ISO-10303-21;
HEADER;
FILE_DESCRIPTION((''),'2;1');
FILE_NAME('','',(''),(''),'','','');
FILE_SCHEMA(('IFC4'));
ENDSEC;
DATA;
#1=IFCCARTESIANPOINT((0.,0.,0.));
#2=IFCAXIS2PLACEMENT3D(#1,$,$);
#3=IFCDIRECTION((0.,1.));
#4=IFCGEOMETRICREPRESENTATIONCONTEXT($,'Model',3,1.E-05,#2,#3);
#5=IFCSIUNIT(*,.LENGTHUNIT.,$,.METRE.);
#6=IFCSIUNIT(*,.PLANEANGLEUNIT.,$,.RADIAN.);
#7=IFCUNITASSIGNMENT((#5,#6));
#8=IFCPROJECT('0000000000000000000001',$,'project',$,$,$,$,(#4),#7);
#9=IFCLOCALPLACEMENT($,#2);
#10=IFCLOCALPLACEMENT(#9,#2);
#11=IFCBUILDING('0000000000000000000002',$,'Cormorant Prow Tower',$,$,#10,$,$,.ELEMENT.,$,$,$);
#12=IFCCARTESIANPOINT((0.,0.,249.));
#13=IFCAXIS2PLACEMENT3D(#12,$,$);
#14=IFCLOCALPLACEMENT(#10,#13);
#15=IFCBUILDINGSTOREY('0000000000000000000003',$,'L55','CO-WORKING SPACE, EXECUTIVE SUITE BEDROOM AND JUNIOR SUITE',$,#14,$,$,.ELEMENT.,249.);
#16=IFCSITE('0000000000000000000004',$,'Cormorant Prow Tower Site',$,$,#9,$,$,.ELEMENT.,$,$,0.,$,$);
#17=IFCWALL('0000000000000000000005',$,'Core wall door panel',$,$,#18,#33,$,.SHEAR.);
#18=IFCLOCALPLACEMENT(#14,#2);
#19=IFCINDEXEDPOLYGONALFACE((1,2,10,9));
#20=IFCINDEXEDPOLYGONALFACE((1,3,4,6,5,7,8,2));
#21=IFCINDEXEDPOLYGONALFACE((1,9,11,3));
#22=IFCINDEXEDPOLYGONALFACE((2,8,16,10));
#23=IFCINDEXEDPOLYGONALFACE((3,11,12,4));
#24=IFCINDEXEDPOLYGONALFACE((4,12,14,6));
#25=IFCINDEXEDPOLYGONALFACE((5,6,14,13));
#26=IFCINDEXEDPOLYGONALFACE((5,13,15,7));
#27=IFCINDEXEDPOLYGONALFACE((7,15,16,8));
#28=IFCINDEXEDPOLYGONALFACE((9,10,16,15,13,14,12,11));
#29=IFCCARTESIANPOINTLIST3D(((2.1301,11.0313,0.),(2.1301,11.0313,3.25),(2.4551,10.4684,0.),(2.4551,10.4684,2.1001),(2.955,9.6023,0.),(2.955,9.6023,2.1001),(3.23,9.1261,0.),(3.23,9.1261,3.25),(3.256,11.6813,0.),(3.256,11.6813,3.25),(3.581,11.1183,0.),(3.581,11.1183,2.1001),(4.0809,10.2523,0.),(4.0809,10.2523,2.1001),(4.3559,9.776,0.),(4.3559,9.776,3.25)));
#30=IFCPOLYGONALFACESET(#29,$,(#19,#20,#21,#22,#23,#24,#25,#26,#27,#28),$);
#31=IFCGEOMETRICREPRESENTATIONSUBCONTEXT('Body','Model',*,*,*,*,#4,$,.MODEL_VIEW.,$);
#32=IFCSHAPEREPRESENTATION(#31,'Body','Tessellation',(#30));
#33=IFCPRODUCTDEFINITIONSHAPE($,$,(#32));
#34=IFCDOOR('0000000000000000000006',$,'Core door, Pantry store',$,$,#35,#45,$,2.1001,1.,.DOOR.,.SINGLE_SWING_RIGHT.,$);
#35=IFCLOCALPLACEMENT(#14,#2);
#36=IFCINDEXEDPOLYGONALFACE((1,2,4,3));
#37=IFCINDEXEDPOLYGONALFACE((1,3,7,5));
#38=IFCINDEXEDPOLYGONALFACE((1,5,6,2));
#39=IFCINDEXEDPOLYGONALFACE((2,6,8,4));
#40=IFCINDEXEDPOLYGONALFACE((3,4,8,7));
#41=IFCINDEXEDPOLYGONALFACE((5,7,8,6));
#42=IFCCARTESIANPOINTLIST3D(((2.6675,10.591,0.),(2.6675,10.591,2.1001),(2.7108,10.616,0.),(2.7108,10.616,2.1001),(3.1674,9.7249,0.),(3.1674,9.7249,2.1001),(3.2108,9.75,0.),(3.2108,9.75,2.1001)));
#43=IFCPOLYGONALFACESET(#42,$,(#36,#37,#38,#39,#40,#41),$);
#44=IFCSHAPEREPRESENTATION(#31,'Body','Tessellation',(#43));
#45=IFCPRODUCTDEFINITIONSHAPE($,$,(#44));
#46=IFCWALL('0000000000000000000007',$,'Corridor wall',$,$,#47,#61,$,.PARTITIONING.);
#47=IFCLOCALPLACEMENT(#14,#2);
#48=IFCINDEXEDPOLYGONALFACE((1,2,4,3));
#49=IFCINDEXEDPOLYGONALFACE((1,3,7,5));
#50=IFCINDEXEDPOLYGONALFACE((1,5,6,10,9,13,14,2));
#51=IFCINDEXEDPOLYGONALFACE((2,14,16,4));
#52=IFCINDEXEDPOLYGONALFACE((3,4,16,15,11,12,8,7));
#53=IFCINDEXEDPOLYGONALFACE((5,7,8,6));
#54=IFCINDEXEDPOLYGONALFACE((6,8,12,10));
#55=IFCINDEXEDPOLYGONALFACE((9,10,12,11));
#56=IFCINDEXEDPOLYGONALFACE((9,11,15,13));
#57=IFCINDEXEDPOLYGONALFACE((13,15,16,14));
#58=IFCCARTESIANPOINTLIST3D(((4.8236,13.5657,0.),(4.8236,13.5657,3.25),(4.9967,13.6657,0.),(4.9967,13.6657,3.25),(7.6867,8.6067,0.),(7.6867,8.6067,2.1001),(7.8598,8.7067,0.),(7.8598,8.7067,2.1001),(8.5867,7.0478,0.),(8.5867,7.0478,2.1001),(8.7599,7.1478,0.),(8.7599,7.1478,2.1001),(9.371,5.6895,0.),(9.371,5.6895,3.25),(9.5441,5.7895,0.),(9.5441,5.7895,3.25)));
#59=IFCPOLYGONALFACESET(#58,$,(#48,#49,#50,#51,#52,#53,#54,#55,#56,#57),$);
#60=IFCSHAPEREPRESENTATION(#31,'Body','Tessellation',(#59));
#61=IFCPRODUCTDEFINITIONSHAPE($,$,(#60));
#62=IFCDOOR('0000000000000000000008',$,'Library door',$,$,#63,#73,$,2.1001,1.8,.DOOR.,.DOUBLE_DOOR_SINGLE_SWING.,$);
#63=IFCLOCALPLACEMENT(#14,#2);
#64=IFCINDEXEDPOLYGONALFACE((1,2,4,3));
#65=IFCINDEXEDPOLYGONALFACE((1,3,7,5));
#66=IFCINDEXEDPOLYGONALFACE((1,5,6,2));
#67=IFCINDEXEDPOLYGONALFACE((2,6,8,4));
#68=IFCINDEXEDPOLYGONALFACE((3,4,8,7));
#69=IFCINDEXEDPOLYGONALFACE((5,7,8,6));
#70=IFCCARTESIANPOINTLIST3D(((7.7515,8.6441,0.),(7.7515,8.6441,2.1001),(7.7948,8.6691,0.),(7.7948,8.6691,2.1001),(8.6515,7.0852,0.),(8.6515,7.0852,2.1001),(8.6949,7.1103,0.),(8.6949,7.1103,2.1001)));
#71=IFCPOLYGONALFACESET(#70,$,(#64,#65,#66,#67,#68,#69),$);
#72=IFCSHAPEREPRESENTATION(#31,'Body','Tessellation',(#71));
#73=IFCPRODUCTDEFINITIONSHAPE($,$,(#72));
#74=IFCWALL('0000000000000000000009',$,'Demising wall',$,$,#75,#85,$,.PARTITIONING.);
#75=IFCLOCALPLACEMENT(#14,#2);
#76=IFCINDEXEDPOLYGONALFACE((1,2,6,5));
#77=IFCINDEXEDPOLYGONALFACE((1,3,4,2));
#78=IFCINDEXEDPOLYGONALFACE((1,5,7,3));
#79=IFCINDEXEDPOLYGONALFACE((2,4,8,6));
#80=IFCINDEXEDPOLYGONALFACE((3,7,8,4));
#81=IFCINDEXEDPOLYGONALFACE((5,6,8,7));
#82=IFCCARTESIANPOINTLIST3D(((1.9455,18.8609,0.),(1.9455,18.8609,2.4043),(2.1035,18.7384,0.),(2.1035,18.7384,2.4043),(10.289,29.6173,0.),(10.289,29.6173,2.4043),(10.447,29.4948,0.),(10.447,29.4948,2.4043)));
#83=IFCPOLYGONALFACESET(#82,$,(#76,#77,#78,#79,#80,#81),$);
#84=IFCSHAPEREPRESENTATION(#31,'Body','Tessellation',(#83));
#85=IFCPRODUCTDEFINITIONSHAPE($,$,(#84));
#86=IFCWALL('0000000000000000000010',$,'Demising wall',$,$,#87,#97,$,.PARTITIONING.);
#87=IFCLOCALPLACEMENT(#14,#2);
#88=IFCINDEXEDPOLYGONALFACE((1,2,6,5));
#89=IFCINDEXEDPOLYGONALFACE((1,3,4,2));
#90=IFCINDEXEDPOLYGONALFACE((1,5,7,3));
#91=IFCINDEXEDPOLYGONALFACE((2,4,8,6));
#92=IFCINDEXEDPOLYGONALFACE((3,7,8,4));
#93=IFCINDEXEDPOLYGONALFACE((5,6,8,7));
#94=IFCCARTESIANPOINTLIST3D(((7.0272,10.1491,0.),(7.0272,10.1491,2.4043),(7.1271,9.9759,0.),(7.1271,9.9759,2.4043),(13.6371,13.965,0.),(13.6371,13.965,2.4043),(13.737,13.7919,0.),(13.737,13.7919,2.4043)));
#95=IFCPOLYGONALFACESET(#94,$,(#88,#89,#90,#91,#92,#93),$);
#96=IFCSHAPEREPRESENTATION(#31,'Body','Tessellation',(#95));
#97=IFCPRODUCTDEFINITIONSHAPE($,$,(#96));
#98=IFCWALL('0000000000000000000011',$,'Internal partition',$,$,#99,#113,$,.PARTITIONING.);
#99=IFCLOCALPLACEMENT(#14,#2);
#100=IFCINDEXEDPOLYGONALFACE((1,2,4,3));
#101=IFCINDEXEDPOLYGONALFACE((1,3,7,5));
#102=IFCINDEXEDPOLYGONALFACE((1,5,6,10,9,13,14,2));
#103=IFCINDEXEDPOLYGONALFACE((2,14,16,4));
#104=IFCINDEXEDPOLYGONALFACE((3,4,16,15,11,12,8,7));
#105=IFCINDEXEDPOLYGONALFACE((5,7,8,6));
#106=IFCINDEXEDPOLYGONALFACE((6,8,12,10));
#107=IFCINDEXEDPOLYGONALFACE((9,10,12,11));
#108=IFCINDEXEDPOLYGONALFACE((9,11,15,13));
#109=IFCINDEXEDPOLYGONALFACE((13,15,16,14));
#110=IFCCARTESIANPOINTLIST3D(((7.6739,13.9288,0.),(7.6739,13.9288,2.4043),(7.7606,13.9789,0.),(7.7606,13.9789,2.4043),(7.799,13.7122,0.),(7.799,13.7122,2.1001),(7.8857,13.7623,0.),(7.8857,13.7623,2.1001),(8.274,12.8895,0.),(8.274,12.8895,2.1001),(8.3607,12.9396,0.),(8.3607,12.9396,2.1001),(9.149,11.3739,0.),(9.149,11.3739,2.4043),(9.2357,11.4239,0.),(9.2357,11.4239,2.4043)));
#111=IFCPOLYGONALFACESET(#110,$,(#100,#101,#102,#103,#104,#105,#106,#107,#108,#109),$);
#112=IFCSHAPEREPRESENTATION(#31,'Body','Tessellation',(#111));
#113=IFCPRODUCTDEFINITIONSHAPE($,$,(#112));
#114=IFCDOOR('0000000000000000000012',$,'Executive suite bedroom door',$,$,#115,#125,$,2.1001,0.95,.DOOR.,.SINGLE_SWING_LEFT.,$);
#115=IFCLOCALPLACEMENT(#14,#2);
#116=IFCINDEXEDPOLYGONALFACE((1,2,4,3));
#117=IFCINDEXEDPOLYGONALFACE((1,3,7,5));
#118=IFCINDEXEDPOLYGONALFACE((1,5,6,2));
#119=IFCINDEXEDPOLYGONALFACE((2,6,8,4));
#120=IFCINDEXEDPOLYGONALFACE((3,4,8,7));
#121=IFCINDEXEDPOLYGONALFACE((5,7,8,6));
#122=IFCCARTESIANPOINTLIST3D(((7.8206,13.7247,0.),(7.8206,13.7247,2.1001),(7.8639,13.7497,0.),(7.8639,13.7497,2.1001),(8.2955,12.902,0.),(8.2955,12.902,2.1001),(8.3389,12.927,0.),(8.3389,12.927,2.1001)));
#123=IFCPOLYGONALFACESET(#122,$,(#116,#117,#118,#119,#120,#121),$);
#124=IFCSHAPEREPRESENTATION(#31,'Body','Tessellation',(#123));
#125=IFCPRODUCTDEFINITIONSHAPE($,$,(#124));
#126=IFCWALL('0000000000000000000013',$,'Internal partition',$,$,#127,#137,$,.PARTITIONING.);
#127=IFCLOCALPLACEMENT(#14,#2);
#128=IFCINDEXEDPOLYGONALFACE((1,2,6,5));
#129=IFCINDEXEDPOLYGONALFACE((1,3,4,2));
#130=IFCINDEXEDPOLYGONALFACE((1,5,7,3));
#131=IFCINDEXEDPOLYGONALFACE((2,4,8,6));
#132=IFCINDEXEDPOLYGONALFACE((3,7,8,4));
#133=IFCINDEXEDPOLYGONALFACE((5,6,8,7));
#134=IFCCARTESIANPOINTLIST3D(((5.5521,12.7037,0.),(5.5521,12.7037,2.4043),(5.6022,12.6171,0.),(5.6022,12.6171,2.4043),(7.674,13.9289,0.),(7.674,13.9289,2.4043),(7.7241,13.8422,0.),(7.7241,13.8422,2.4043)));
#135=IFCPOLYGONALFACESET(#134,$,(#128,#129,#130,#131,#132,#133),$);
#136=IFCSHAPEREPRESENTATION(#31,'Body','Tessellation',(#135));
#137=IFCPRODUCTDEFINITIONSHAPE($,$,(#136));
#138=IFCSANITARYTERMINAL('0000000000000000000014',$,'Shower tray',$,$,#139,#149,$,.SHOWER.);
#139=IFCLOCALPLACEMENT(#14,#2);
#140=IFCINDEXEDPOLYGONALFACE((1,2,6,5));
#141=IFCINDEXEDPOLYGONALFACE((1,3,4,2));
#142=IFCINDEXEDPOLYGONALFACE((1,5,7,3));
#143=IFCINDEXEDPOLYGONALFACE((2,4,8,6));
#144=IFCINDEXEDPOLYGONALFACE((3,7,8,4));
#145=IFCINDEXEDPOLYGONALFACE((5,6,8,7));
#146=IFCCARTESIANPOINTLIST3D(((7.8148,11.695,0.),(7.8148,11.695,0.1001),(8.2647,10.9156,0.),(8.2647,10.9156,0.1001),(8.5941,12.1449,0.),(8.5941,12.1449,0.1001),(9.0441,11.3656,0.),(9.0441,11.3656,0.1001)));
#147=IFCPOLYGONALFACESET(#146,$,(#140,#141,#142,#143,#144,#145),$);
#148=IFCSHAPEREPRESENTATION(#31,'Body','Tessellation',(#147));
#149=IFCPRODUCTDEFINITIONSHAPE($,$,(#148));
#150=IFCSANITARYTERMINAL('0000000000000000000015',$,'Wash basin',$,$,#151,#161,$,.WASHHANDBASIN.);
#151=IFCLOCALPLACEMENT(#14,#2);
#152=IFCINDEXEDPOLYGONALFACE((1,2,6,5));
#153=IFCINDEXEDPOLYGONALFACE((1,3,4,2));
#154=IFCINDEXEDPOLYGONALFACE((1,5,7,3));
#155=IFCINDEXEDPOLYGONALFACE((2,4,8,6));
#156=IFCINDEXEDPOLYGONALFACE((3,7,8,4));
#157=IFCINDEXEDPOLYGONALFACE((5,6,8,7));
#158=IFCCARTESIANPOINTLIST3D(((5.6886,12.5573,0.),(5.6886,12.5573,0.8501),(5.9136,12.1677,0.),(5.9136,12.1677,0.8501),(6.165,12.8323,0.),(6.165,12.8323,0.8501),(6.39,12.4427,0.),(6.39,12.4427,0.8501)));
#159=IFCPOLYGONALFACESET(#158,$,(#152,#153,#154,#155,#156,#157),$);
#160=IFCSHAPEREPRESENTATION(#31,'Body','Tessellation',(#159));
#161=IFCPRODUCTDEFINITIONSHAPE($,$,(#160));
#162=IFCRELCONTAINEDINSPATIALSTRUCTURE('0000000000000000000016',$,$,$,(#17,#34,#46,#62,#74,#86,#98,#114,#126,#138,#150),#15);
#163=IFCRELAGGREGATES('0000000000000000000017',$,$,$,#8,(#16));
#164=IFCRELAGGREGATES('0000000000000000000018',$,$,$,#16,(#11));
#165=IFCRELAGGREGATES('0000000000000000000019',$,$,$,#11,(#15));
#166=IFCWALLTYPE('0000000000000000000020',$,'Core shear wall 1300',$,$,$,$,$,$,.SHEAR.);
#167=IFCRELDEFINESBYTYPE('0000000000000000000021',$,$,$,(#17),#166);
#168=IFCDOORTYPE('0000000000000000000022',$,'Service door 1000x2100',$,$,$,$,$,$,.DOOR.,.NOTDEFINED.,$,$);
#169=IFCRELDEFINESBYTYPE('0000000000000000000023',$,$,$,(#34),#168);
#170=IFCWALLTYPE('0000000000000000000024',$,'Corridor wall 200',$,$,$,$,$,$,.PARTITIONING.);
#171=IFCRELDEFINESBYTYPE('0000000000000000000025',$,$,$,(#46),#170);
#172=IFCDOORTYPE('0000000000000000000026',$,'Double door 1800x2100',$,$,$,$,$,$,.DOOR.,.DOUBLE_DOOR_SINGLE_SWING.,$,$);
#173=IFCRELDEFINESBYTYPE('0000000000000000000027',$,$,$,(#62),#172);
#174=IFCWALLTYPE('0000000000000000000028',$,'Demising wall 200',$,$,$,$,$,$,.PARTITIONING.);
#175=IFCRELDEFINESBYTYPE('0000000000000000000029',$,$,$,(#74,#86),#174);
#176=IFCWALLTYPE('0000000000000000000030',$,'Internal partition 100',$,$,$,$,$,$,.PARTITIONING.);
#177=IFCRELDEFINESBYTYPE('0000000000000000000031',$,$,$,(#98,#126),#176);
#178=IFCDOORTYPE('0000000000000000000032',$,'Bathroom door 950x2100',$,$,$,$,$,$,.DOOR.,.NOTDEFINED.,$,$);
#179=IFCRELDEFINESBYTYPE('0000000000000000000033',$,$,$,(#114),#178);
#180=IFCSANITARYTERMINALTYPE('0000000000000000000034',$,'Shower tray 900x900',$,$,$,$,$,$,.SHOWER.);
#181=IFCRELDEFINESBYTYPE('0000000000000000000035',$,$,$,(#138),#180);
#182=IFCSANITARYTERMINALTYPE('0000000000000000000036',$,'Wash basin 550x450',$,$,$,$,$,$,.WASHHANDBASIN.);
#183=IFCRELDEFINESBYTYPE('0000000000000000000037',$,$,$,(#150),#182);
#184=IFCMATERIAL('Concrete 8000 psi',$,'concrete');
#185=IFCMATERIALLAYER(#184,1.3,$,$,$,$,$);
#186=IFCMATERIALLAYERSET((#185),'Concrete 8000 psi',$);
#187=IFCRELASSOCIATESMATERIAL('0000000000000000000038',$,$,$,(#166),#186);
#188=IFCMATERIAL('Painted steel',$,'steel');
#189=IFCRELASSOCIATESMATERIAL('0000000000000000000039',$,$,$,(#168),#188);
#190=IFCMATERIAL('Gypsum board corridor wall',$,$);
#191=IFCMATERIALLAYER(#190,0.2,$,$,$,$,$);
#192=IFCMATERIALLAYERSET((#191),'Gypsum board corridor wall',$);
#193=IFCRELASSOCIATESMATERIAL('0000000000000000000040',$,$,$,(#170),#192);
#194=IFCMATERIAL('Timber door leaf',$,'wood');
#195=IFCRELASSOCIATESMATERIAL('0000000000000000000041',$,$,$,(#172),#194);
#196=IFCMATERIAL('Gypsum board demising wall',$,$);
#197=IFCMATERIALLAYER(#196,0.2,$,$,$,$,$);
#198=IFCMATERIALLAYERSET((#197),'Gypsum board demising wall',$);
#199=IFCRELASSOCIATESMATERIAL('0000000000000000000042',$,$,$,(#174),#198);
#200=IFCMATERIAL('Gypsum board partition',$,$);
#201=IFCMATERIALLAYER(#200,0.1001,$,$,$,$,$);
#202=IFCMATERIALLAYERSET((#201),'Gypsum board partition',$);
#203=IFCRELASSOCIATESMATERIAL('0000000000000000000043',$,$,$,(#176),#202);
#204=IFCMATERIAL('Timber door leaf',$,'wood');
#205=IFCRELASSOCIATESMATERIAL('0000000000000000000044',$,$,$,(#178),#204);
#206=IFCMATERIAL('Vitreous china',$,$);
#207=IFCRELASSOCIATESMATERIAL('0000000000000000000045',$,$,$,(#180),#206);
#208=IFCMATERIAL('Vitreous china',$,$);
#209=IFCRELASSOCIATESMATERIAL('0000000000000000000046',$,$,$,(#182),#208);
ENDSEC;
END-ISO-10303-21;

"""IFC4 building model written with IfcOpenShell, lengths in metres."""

from ifc_helpers import new_model, si_unit, direction, frame, frame_2d, origin, origin_2d, place, context, subcontext, project, spatial, rectangle, extrude, material, layer, layer_set, type_object, element, fill, save


model = new_model("IFC4")

# Units and contexts
model_context = context("Model", 3, precision=1e-05, world=origin(), true_north=direction((0.0, 1.0)))
body_context = subcontext(model_context, "Body", "Model", "MODEL_VIEW")
ifc_project = project(units=[si_unit("LENGTHUNIT", "METRE"), si_unit("PLANEANGLEUNIT", "RADIAN")], contexts=[model_context])

# Site, building, storey
site_placement = place(None, origin())
site = spatial("IfcSite", under=ifc_project, at=site_placement, Name="Cormorant Prow Tower Site", CompositionType="ELEMENT", RefElevation=0.0)
building_placement = place(site_placement, origin())
building = spatial("IfcBuilding", under=site, at=building_placement, Name="Cormorant Prow Tower", CompositionType="ELEMENT")
storey_placement = place(building_placement, frame((0.0, 0.0, 249.0)))
storey = spatial("IfcBuildingStorey", under=building, at=storey_placement, Name="L55", Description="CO-WORKING SPACE, EXECUTIVE SUITE BEDROOM AND JUNIOR SUITE", CompositionType="ELEMENT", Elevation=249.0)

# Shared definitions
ifc_material_1 = material(Name="Concrete 8000 psi", Category="concrete")
ifc_layer_1 = layer(ifc_material_1, 1.3)
ifc_layer_set_1 = layer_set([ifc_layer_1], Name="Concrete 8000 psi")
wall_type_1 = type_object("IfcWallType", Name="Core shear wall 1300", PredefinedType="SHEAR", material=ifc_layer_set_1)

# Walls, openings, doors
wall_1_placement = place(storey_placement, frame((3.793, 9.4509, 0.0), z_axis=(0.0, 0.0, 1.0), x_axis=(-0.499947, 0.866056, 0.0)))
wall_1 = element("IfcWall", 1, at=wall_1_placement, inside=storey, type_object=wall_type_1, Name="Core wall door panel", PredefinedType="SHEAR", context=body_context, shape_type="SweptSolid", body=[
    extrude(rectangle(XDim=2.2, YDim=1.3, at=frame_2d((1.1001, 0.0))), origin(), (0.0, 0.0, 1.0), 3.25),
])
opening_1_placement = place(wall_1_placement, frame((0.55, 0.0, 0.0)))
opening_1 = element("IfcOpeningElement", 2, at=opening_1_placement, cuts=wall_1, PredefinedType="OPENING", context=body_context, shape_type="SweptSolid", body=[
    extrude(rectangle(XDim=1.0, YDim=2.1001, at=frame_2d((0.5, 1.05))), frame((0.0, 0.6599, 0.0), z_axis=(0.0, -1.0, 0.0), x_axis=(1.0, 0.0, 0.0)), (0.0, 0.0, 1.0), 1.3201),
])
ifc_material_2 = material(Name="Painted steel", Category="steel")
door_type_1 = type_object("IfcDoorType", Name="Service door 1000x2100", OperationType="NOTDEFINED", PredefinedType="DOOR", material=ifc_material_2)
door_1_placement = place(opening_1_placement, origin())
door_1 = element("IfcDoor", 3, at=door_1_placement, inside=storey, type_object=door_type_1, Name="Core door, Pantry store", OperationType="SINGLE_SWING_RIGHT", OverallHeight=2.1001, OverallWidth=1.0, PredefinedType="DOOR", context=body_context, shape_type="SweptSolid", body=[
    extrude(rectangle(XDim=1.0, YDim=2.1001, at=frame_2d((0.5, 1.05))), frame((0.0, 0.4048, 0.0), z_axis=(0.0, -1.0, 0.0), x_axis=(1.0, 0.0, 0.0)), (0.0, 0.0, 1.0), 0.05),
])
fill(opening_1, door_1)
ifc_material_3 = material(Name="Gypsum board corridor wall")
ifc_layer_2 = layer(ifc_material_3, 0.2)
ifc_layer_set_2 = layer_set([ifc_layer_2], Name="Gypsum board corridor wall")
wall_type_2 = type_object("IfcWallType", Name="Corridor wall 200", PredefinedType="PARTITIONING", material=ifc_layer_set_2)
wall_2_placement = place(storey_placement, frame((4.9102, 13.6157, 0.0), z_axis=(0.0, 0.0, 1.0), x_axis=(0.500002, -0.866024, 0.0)))
wall_2 = element("IfcWall", 4, at=wall_2_placement, inside=storey, type_object=wall_type_2, Name="Corridor wall", PredefinedType="PARTITIONING", context=body_context, shape_type="SweptSolid", body=[
    extrude(rectangle(XDim=9.0947, YDim=0.2, at=frame_2d((4.5474, 0.0))), origin(), (0.0, 0.0, 1.0), 3.25),
])
opening_2_placement = place(wall_2_placement, frame((5.7263, 0.0, 0.0)))
opening_2 = element("IfcOpeningElement", 5, at=opening_2_placement, cuts=wall_2, PredefinedType="OPENING", context=body_context, shape_type="SweptSolid", body=[
    extrude(rectangle(XDim=1.8, YDim=2.1001, at=frame_2d((0.8999, 1.05))), frame((0.0, 0.1099, 0.0), z_axis=(0.0, -1.0, 0.0), x_axis=(1.0, 0.0, 0.0)), (0.0, 0.0, 1.0), 0.22),
])
ifc_material_4 = material(Name="Timber door leaf", Category="wood")
door_type_2 = type_object("IfcDoorType", Name="Double door 1800x2100", OperationType="DOUBLE_DOOR_SINGLE_SWING", PredefinedType="DOOR", material=ifc_material_4)
door_2_placement = place(opening_2_placement, origin())
door_2 = element("IfcDoor", 6, at=door_2_placement, inside=storey, type_object=door_type_2, Name="Library door", OperationType="DOUBLE_DOOR_SINGLE_SWING", OverallHeight=2.1001, OverallWidth=1.8, PredefinedType="DOOR", context=body_context, shape_type="SweptSolid", body=[
    extrude(rectangle(XDim=1.8, YDim=2.1001, at=frame_2d((0.8999, 1.05))), frame((0.0, 0.0249, 0.0), z_axis=(0.0, -1.0, 0.0), x_axis=(1.0, 0.0, 0.0)), (0.0, 0.0, 1.0), 0.05),
])
fill(opening_2, door_2)

# Walls
ifc_material_5 = material(Name="Gypsum board demising wall")
ifc_layer_3 = layer(ifc_material_5, 0.2)
ifc_layer_set_3 = layer_set([ifc_layer_3], Name="Gypsum board demising wall")
wall_type_3 = type_object("IfcWallType", Name="Demising wall 200", PredefinedType="PARTITIONING", material=ifc_layer_set_3)
wall_3_placement = place(storey_placement, frame((2.0244, 18.7996, 0.0), z_axis=(0.0, 0.0, 1.0), x_axis=(0.612908, 0.790154, 0.0)))
element("IfcWall", 7, at=wall_3_placement, inside=storey, type_object=wall_type_3, Name="Demising wall", PredefinedType="PARTITIONING", context=body_context, shape_type="SweptSolid", body=[
    extrude(rectangle(XDim=13.613, YDim=0.2, at=frame_2d((6.8066, 0.0))), origin(), (0.0, 0.0, 1.0), 2.4043),
])
wall_4_placement = place(storey_placement, frame((7.0771, 10.0625, 0.0), z_axis=(0.0, 0.0, 1.0), x_axis=(0.866042, 0.499972, 0.0)))
element("IfcWall", 8, at=wall_4_placement, inside=storey, type_object=wall_type_3, Name="Demising wall", PredefinedType="PARTITIONING", context=body_context, shape_type="SweptSolid", body=[
    extrude(rectangle(XDim=7.6323, YDim=0.2, at=frame_2d((3.8162, 0.0))), origin(), (0.0, 0.0, 1.0), 2.4043),
])

# Wall, opening, door
ifc_material_6 = material(Name="Gypsum board partition")
ifc_layer_4 = layer(ifc_material_6, 0.1001)
ifc_layer_set_4 = layer_set([ifc_layer_4], Name="Gypsum board partition")
wall_type_4 = type_object("IfcWallType", Name="Internal partition 100", PredefinedType="PARTITIONING", material=ifc_layer_set_4)
wall_5_placement = place(storey_placement, frame((7.7173, 13.9539, 0.0), z_axis=(0.0, 0.0, 1.0), x_axis=(0.500002, -0.866024, 0.0)))
wall_5 = element("IfcWall", 9, at=wall_5_placement, inside=storey, type_object=wall_type_4, Name="Internal partition", PredefinedType="PARTITIONING", context=body_context, shape_type="SweptSolid", body=[
    extrude(rectangle(XDim=2.9502, YDim=0.1001, at=frame_2d((1.4751, 0.0))), origin(), (0.0, 0.0, 1.0), 2.4043),
])
opening_3_placement = place(wall_5_placement, frame((0.25, 0.0, 0.0)))
opening_3 = element("IfcOpeningElement", 10, at=opening_3_placement, cuts=wall_5, PredefinedType="OPENING", context=body_context, shape_type="SweptSolid", body=[
    extrude(rectangle(XDim=0.95, YDim=2.1001, at=frame_2d((0.4751, 1.05))), frame((0.0, 0.0601, 0.0), z_axis=(0.0, -1.0, 0.0), x_axis=(1.0, 0.0, 0.0)), (0.0, 0.0, 1.0), 0.1201),
])
ifc_material_7 = material(Name="Timber door leaf", Category="wood")
door_type_3 = type_object("IfcDoorType", Name="Bathroom door 950x2100", OperationType="NOTDEFINED", PredefinedType="DOOR", material=ifc_material_7)
door_3_placement = place(opening_3_placement, origin())
door_3 = element("IfcDoor", 11, at=door_3_placement, inside=storey, type_object=door_type_3, Name="Executive suite bedroom door", OperationType="SINGLE_SWING_LEFT", OverallHeight=2.1001, OverallWidth=0.95, PredefinedType="DOOR", context=body_context, shape_type="SweptSolid", body=[
    extrude(rectangle(XDim=0.95, YDim=2.1001, at=frame_2d((0.4751, 1.05))), frame((0.0, 0.0249, 0.0), z_axis=(0.0, -1.0, 0.0), x_axis=(1.0, 0.0, 0.0)), (0.0, 0.0, 1.0), 0.05),
])
fill(opening_3, door_3)

# Wall
wall_6_placement = place(storey_placement, frame((5.5771, 12.6604, 0.0), z_axis=(0.0, 0.0, 1.0), x_axis=(0.866015, 0.500019, 0.0)))
element("IfcWall", 12, at=wall_6_placement, inside=storey, type_object=wall_type_4, Name="Internal partition", PredefinedType="PARTITIONING", context=body_context, shape_type="SweptSolid", body=[
    extrude(rectangle(XDim=2.4502, YDim=0.1001, at=frame_2d((1.2251, 0.0))), origin(), (0.0, 0.0, 1.0), 2.4043),
])

# Sanitary terminals
ifc_material_8 = material(Name="Vitreous china")
sanitary_terminal_type_1 = type_object("IfcSanitaryTerminalType", Name="Shower tray 900x900", PredefinedType="SHOWER", material=ifc_material_8)
sanitary_terminal_1_placement = place(storey_placement, frame((8.4294, 11.5303, 0.0), z_axis=(0.0, 0.0, 1.0), x_axis=(-0.866025, -0.5, 0.0)))
element("IfcSanitaryTerminal", 13, at=sanitary_terminal_1_placement, inside=storey, type_object=sanitary_terminal_type_1, Name="Shower tray", PredefinedType="SHOWER", context=body_context, shape_type="SweptSolid", body=[
    extrude(rectangle(XDim=0.8999, YDim=0.8999, at=origin_2d()), origin(), (0.0, 0.0, 1.0), 0.1001),
])
ifc_material_9 = material(Name="Vitreous china")
sanitary_terminal_type_2 = type_object("IfcSanitaryTerminalType", Name="Wash basin 550x450", PredefinedType="WASHHANDBASIN", material=ifc_material_9)
sanitary_terminal_2_placement = place(storey_placement, frame((6.0393, 12.5, 0.0), z_axis=(0.0, 0.0, 1.0), x_axis=(0.866025, 0.5, 0.0)))
element("IfcSanitaryTerminal", 14, at=sanitary_terminal_2_placement, inside=storey, type_object=sanitary_terminal_type_2, Name="Wash basin", PredefinedType="WASHHANDBASIN", context=body_context, shape_type="SweptSolid", body=[
    extrude(rectangle(XDim=0.55, YDim=0.45, at=origin_2d()), origin(), (0.0, 0.0, 1.0), 0.8501),
])

save(model, "model.ifc")
